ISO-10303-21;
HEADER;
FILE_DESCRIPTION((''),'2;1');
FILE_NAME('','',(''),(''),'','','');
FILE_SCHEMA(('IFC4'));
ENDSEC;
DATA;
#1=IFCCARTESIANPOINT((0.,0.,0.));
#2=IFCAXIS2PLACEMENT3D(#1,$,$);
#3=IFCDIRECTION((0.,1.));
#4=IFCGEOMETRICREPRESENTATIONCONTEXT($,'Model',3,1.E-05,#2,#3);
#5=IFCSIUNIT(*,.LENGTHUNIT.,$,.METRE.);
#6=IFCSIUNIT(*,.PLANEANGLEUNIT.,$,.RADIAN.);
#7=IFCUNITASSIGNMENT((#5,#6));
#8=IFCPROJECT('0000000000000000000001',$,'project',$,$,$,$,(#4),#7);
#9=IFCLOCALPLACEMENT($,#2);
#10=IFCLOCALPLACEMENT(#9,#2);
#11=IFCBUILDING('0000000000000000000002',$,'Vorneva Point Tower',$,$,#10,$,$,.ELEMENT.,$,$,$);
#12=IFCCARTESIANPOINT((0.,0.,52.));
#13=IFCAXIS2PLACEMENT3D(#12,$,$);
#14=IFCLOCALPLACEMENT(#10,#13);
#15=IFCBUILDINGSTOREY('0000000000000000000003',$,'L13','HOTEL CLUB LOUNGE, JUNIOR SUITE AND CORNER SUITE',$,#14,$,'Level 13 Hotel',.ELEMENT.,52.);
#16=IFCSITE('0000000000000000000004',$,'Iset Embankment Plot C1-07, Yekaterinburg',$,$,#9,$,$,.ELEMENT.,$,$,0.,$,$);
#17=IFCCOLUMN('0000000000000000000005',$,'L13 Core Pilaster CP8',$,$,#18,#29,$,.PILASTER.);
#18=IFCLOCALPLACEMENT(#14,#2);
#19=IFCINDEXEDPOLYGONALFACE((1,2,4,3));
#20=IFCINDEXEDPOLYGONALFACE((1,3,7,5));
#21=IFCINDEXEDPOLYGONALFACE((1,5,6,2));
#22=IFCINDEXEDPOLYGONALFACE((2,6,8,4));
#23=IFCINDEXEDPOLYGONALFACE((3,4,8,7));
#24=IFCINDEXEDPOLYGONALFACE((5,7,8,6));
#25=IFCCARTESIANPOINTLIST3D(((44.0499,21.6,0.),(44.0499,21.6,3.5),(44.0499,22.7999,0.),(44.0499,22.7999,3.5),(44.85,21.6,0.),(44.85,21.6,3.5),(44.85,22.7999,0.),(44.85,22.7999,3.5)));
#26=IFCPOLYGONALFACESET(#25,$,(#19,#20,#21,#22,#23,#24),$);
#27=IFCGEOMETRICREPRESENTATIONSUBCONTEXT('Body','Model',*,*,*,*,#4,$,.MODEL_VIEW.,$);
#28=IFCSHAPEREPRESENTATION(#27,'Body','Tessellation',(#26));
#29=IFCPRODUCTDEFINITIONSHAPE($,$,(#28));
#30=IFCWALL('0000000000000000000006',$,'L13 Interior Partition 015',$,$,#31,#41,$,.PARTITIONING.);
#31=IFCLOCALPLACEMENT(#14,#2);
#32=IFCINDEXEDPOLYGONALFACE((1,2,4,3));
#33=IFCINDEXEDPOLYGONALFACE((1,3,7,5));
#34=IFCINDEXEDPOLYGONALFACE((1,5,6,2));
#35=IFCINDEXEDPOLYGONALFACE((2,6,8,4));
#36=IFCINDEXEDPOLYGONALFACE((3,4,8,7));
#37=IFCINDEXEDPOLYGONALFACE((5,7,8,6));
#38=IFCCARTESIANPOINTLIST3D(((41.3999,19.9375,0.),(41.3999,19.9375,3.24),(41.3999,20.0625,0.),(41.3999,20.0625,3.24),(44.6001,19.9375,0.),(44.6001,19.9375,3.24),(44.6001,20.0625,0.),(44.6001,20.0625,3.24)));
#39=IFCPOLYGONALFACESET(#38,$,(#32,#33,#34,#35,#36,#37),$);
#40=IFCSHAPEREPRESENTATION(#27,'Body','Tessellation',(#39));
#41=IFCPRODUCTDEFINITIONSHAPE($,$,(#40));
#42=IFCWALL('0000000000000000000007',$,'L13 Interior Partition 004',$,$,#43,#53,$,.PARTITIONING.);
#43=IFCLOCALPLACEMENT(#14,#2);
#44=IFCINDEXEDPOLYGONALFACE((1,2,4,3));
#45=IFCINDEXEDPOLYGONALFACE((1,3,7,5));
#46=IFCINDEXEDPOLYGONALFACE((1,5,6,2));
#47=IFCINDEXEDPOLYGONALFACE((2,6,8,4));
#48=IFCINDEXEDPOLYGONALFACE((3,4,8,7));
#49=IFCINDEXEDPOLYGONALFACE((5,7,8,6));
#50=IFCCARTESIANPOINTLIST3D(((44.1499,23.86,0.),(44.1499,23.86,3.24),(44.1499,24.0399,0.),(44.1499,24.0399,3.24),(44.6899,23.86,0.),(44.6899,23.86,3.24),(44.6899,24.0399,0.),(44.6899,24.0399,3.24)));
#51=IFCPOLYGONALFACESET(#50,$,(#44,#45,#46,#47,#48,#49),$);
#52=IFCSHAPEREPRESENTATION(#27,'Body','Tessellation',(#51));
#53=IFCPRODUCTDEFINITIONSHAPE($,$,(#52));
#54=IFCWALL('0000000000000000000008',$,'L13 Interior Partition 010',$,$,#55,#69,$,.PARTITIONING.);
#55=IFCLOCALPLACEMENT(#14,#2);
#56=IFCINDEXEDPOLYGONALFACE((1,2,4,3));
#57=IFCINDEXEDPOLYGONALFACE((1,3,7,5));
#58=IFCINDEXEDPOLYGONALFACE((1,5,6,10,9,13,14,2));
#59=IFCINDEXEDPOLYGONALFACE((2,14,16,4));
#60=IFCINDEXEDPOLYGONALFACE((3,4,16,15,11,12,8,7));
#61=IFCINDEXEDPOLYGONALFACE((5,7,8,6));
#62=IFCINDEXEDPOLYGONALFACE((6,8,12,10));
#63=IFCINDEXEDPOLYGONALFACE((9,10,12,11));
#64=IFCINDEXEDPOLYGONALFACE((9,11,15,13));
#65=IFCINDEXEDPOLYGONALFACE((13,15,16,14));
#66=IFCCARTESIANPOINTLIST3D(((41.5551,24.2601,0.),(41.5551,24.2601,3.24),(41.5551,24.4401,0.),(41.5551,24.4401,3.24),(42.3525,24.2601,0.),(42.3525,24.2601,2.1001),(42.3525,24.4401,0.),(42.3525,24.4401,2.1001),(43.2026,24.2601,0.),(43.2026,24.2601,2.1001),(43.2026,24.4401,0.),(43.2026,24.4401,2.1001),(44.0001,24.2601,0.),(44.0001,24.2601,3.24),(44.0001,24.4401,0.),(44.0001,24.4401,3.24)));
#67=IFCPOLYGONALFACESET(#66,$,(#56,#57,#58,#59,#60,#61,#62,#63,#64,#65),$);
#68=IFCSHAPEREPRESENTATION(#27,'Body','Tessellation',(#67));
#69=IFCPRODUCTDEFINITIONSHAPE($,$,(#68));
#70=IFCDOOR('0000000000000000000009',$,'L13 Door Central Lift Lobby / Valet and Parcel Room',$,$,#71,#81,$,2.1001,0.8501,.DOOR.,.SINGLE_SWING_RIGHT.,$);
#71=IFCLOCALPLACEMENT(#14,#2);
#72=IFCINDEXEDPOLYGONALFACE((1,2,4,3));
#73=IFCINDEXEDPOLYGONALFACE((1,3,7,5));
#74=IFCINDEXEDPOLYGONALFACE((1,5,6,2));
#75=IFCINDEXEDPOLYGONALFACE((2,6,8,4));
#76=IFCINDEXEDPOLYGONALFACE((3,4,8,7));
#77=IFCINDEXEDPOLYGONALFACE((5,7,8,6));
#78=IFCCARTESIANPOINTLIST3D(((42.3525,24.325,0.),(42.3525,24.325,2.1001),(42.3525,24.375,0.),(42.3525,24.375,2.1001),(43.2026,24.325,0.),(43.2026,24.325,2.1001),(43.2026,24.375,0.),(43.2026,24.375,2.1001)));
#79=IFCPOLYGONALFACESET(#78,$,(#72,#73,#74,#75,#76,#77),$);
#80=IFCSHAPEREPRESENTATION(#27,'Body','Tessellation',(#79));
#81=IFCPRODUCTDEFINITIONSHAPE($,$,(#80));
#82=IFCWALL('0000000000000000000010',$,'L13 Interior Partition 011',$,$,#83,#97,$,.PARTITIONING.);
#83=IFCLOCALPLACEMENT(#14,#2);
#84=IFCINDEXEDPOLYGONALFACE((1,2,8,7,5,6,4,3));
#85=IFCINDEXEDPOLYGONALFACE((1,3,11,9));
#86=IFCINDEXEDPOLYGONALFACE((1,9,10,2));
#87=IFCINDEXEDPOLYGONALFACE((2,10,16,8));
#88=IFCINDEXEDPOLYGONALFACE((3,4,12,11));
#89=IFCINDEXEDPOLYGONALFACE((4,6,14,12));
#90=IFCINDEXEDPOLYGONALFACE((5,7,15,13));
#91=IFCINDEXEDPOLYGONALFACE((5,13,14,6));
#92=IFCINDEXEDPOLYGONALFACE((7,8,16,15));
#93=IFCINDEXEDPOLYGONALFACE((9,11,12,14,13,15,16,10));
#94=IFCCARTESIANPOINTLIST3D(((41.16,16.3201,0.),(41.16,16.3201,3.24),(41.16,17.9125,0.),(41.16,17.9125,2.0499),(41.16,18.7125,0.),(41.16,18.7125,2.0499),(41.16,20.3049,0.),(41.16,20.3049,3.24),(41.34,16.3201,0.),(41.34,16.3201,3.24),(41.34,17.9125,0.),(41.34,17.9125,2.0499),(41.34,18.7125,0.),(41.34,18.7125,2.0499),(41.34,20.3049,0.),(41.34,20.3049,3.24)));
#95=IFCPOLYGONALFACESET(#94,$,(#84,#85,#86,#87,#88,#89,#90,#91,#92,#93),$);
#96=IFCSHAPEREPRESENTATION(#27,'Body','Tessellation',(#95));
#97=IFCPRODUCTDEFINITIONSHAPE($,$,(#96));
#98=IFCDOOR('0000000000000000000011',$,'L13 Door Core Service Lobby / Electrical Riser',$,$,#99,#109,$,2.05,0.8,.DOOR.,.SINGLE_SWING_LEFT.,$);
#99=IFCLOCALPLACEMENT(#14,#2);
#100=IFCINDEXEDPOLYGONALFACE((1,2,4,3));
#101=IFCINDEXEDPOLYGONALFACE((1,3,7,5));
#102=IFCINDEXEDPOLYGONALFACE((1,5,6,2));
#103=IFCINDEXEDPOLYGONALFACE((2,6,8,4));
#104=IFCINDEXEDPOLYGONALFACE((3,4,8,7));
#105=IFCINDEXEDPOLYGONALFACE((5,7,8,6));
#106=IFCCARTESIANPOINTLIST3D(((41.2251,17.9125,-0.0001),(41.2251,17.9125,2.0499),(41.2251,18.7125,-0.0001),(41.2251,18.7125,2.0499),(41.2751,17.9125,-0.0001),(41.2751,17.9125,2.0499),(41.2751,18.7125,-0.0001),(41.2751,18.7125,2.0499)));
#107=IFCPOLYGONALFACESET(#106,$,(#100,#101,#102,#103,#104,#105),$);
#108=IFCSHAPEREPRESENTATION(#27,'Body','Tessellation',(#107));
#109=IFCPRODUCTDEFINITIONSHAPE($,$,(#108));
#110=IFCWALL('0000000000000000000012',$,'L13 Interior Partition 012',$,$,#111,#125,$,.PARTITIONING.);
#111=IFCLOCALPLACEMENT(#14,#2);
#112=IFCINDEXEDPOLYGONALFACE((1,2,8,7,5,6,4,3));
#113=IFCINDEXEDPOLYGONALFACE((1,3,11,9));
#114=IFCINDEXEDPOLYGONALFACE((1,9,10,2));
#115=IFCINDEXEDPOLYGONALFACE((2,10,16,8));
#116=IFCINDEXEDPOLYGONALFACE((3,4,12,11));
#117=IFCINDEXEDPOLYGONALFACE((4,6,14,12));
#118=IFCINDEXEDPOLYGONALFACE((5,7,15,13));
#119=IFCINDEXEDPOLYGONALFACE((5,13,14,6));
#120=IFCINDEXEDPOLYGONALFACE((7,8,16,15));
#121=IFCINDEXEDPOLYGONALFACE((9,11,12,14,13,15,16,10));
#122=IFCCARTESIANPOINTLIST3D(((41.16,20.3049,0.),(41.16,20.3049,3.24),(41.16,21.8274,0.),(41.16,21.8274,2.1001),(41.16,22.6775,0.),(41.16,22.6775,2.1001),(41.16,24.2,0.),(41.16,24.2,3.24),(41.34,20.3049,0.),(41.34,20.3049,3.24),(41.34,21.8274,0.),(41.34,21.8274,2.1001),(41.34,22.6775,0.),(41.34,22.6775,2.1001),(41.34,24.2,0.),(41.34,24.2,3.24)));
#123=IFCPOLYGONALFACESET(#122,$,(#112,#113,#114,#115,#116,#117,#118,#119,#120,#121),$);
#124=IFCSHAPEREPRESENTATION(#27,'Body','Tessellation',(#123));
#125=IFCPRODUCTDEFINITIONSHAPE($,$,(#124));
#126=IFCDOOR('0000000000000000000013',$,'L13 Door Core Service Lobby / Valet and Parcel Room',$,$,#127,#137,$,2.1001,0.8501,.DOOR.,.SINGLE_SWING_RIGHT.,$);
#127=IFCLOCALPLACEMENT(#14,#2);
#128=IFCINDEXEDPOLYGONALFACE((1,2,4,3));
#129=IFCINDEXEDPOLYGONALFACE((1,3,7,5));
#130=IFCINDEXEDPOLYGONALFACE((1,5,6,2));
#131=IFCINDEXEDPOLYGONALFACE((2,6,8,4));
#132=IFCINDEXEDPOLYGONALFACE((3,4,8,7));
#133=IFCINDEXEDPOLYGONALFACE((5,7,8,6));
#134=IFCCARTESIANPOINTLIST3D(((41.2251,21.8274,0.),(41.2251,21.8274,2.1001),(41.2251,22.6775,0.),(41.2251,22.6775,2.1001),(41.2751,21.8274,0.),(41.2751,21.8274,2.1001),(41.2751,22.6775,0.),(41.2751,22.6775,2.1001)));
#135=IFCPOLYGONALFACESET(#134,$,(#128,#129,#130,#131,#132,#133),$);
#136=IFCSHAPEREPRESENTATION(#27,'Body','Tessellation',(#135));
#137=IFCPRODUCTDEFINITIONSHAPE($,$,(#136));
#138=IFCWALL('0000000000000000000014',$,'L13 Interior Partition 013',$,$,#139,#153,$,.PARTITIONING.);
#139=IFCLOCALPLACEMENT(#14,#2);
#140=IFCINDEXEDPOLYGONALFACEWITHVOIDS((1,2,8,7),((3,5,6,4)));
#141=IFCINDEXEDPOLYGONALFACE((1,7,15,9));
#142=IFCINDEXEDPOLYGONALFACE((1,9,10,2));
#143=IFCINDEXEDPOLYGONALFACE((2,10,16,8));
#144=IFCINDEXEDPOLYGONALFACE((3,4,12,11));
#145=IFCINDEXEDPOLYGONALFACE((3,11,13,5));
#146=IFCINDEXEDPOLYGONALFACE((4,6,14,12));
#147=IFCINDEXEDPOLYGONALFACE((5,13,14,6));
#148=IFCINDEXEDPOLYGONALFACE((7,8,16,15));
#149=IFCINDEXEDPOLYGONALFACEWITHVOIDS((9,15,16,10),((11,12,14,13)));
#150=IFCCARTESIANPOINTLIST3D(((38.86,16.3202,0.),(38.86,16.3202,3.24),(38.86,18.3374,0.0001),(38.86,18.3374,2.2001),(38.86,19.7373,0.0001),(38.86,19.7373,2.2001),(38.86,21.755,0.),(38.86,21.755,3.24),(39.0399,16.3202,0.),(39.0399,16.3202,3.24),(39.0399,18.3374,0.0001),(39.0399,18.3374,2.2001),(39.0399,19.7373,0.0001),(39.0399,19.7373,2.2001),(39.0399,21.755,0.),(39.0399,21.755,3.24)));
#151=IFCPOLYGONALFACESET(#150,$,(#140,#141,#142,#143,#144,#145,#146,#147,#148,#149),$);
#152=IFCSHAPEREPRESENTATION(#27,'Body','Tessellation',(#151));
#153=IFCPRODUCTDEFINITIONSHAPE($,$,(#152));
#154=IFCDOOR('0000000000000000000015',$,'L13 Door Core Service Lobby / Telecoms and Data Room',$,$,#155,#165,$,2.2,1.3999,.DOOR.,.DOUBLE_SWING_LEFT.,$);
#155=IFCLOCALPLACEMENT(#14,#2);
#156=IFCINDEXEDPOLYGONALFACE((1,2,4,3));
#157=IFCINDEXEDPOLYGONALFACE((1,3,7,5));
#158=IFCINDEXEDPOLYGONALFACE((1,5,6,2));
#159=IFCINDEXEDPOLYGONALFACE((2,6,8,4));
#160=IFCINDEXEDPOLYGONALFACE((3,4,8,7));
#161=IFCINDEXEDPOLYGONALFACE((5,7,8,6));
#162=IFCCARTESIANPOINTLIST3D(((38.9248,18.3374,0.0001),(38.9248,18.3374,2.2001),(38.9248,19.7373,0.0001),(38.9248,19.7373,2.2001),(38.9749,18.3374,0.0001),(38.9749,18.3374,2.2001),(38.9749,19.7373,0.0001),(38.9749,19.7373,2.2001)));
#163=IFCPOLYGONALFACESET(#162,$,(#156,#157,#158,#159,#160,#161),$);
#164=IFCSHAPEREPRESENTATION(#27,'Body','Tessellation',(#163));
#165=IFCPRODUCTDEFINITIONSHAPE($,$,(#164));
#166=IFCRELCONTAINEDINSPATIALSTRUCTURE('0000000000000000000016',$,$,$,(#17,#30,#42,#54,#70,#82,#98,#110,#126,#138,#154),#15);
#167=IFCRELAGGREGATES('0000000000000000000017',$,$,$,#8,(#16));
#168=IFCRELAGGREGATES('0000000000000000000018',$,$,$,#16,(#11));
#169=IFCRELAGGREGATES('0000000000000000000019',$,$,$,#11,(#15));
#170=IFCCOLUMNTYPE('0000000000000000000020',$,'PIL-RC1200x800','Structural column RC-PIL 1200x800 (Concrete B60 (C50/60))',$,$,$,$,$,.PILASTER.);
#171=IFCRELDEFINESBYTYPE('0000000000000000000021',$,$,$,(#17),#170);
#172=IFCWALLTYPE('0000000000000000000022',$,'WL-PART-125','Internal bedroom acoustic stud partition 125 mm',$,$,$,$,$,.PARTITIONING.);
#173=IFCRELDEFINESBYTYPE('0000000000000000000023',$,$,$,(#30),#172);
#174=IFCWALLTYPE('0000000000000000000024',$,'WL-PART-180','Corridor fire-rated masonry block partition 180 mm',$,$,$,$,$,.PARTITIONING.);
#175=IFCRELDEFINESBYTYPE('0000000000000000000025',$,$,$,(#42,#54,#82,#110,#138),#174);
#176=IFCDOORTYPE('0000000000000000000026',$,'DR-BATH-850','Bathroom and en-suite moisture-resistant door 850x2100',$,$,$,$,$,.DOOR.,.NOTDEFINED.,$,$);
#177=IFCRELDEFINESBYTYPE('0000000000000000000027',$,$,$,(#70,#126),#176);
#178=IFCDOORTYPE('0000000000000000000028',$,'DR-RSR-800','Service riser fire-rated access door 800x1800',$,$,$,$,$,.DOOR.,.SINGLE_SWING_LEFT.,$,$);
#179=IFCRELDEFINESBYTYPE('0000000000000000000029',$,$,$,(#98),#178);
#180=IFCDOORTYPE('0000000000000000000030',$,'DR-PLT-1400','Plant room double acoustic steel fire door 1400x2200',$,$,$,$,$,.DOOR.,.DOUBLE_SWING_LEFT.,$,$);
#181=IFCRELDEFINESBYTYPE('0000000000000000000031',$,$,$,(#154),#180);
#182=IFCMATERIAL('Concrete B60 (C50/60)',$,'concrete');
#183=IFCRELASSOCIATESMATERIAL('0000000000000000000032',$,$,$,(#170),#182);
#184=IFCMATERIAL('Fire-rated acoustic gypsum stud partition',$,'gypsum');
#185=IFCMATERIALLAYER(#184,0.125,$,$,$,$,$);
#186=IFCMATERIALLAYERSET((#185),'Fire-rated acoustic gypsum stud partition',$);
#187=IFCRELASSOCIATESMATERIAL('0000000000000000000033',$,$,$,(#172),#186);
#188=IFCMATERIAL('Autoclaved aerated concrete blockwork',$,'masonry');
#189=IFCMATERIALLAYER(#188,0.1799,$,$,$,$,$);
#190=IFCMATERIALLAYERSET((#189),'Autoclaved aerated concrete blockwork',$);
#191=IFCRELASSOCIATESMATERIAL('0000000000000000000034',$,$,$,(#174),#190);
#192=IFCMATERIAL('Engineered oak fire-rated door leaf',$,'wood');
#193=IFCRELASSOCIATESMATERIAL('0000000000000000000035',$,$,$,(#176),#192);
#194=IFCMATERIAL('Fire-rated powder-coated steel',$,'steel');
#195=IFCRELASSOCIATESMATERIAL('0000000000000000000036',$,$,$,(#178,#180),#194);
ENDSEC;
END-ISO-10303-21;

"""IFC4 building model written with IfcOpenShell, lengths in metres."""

from ifc_helpers import new_model, si_unit, direction, frame, frame_2d, origin, origin_2d, place, context, subcontext, project, spatial, rectangle, extrude, material, layer, layer_set, material_profile, profile_set, type_object, element, fill, save


model = new_model("IFC4")

# Units and contexts
model_context = context("Model", 3, precision=1e-05, world=origin(), true_north=direction((0.0, 1.0)))
body_context = subcontext(model_context, "Body", "Model", "MODEL_VIEW")
ifc_project = project(units=[si_unit("LENGTHUNIT", "METRE"), si_unit("PLANEANGLEUNIT", "RADIAN")], contexts=[model_context])

# Site, building, storey
site_placement = place(None, origin())
site = spatial("IfcSite", under=ifc_project, at=site_placement, Name="Iset Embankment Plot C1-07, Yekaterinburg", CompositionType="ELEMENT", RefElevation=0.0)
building_placement = place(site_placement, origin())
building = spatial("IfcBuilding", under=site, at=building_placement, Name="Vorneva Point Tower", CompositionType="ELEMENT")
storey_placement = place(building_placement, frame((0.0, 0.0, 52.0)))
storey = spatial("IfcBuildingStorey", under=building, at=storey_placement, Name="L13", Description="HOTEL CLUB LOUNGE, JUNIOR SUITE AND CORNER SUITE", LongName="Level 13 Hotel", CompositionType="ELEMENT", Elevation=52.0)

# Column
ifc_material_1 = material(Name="Concrete B60 (C50/60)", Category="concrete")
ifc_material_profile = material_profile(ifc_material_1, rectangle(XDim=0.8, YDim=1.2, at=origin_2d()), Name="RC-PIL 1200x800")
ifc_profile_set = profile_set([ifc_material_profile], Name="Concrete B60 (C50/60)")
column_type = type_object("IfcColumnType", Name="PIL-RC1200x800", Description="Structural column RC-PIL 1200x800 (Concrete B60 (C50/60))", PredefinedType="PILASTER", material=ifc_profile_set)
column_placement = place(storey_placement, frame((44.45, 22.2, 0.0), z_axis=(0.0, 0.0, 1.0), x_axis=(1.0, 0.0, 0.0)))
element("IfcColumn", 1, at=column_placement, inside=storey, type_object=column_type, Name="L13 Core Pilaster CP8", PredefinedType="PILASTER", context=body_context, shape_type="SweptSolid", body=[
    extrude(rectangle(XDim=0.8, YDim=1.2, at=origin_2d()), origin(), (0.0, 0.0, 1.0), 3.5),
])

# Walls
ifc_material_2 = material(Name="Fire-rated acoustic gypsum stud partition", Category="gypsum")
ifc_layer_1 = layer(ifc_material_2, 0.125)
ifc_layer_set_1 = layer_set([ifc_layer_1], Name="Fire-rated acoustic gypsum stud partition")
wall_type_1 = type_object("IfcWallType", Name="WL-PART-125", Description="Internal bedroom acoustic stud partition 125 mm", PredefinedType="PARTITIONING", material=ifc_layer_set_1)
wall_1_placement = place(storey_placement, frame((44.6001, 20.0, 0.0), z_axis=(0.0, 0.0, 1.0), x_axis=(-1.0, 0.0, 0.0)))
element("IfcWall", 2, at=wall_1_placement, inside=storey, type_object=wall_type_1, Name="L13 Interior Partition 015", PredefinedType="PARTITIONING", context=body_context, shape_type="SweptSolid", body=[
    extrude(rectangle(XDim=3.2002, YDim=0.125, at=frame_2d((1.6001, 0.0))), origin(), (0.0, 0.0, 1.0), 3.24),
])
ifc_material_3 = material(Name="Autoclaved aerated concrete blockwork", Category="masonry")
ifc_layer_2 = layer(ifc_material_3, 0.1799)
ifc_layer_set_2 = layer_set([ifc_layer_2], Name="Autoclaved aerated concrete blockwork")
wall_type_2 = type_object("IfcWallType", Name="WL-PART-180", Description="Corridor fire-rated masonry block partition 180 mm", PredefinedType="PARTITIONING", material=ifc_layer_set_2)
wall_2_placement = place(storey_placement, frame((44.1499, 23.95, 0.0), z_axis=(0.0, 0.0, 1.0), x_axis=(1.0, 0.0, 0.0)))
element("IfcWall", 3, at=wall_2_placement, inside=storey, type_object=wall_type_2, Name="L13 Interior Partition 004", PredefinedType="PARTITIONING", context=body_context, shape_type="SweptSolid", body=[
    extrude(rectangle(XDim=0.54, YDim=0.1799, at=frame_2d((0.27, 0.0))), origin(), (0.0, 0.0, 1.0), 3.24),
])

# Walls, openings, doors
ifc_material_4 = material(Name="Fire-rated powder-coated steel", Category="steel")
wall_3_placement = place(storey_placement, frame((41.5549, 24.3501, 0.0), z_axis=(0.0, 0.0, 1.0), x_axis=(1.0, 0.0, 0.0)))
wall_3 = element("IfcWall", 4, at=wall_3_placement, inside=storey, type_object=wall_type_2, Name="L13 Interior Partition 010", PredefinedType="PARTITIONING", context=body_context, shape_type="SweptSolid", body=[
    extrude(rectangle(XDim=2.4451, YDim=0.1799, at=frame_2d((1.2227, 0.0))), origin(), (0.0, 0.0, 1.0), 3.24),
])
opening_1_placement = place(wall_3_placement, frame((0.7976, 0.0, 0.0)))
opening_1 = element("IfcOpeningElement", 5, at=opening_1_placement, cuts=wall_3, PredefinedType="OPENING", context=body_context, shape_type="SweptSolid", body=[
    extrude(rectangle(XDim=0.8501, YDim=2.1001, at=frame_2d((0.425, 1.05))), frame((0.0, 0.105, 0.0), z_axis=(0.0, -1.0, 0.0), x_axis=(1.0, 0.0, 0.0)), (0.0, 0.0, 1.0), 0.2097),
])
ifc_material_5 = material(Name="Engineered oak fire-rated door leaf", Category="wood")
door_type_1 = type_object("IfcDoorType", Name="DR-BATH-850", Description="Bathroom and en-suite moisture-resistant door 850x2100", OperationType="NOTDEFINED", PredefinedType="DOOR", material=ifc_material_5)
door_1_placement = place(opening_1_placement, origin())
door_1 = element("IfcDoor", 6, at=door_1_placement, inside=storey, type_object=door_type_1, Name="L13 Door Central Lift Lobby / Valet and Parcel Room", OperationType="SINGLE_SWING_RIGHT", OverallHeight=2.1001, OverallWidth=0.8501, PredefinedType="DOOR", context=body_context, shape_type="SweptSolid", body=[
    extrude(rectangle(XDim=0.8501, YDim=2.1001, at=frame_2d((0.425, 1.05))), frame((0.0, 0.0249, 0.0), z_axis=(0.0, -1.0, 0.0), x_axis=(1.0, 0.0, 0.0)), (0.0, 0.0, 1.0), 0.05),
])
fill(opening_1, door_1)
wall_4_placement = place(storey_placement, frame((41.25, 16.3201, 0.0), z_axis=(0.0, 0.0, 1.0), x_axis=(0.0, 1.0, 0.0)))
wall_4 = element("IfcWall", 7, at=wall_4_placement, inside=storey, type_object=wall_type_2, Name="L13 Interior Partition 011", PredefinedType="PARTITIONING", context=body_context, shape_type="SweptSolid", body=[
    extrude(rectangle(XDim=3.9849, YDim=0.1799, at=frame_2d((1.9924, 0.0))), origin(), (0.0, 0.0, 1.0), 3.24),
])
opening_2_placement = place(wall_4_placement, frame((1.5925, 0.0, 0.0)))
opening_2 = element("IfcOpeningElement", 8, at=opening_2_placement, cuts=wall_4, PredefinedType="OPENING", context=body_context, shape_type="SweptSolid", body=[
    extrude(rectangle(XDim=0.8, YDim=2.05, at=frame_2d((0.3999, 1.0249))), frame((0.0, 0.105, 0.0), z_axis=(0.0, -1.0, 0.0), x_axis=(1.0, 0.0, 0.0)), (0.0, 0.0, 1.0), 0.2097),
])
door_type_2 = type_object("IfcDoorType", Name="DR-RSR-800", Description="Service riser fire-rated access door 800x1800", OperationType="SINGLE_SWING_LEFT", PredefinedType="DOOR", material=ifc_material_4)
door_2_placement = place(opening_2_placement, origin())
door_2 = element("IfcDoor", 9, at=door_2_placement, inside=storey, type_object=door_type_2, Name="L13 Door Core Service Lobby / Electrical Riser", OperationType="SINGLE_SWING_LEFT", OverallHeight=2.05, OverallWidth=0.8, PredefinedType="DOOR", context=body_context, shape_type="SweptSolid", body=[
    extrude(rectangle(XDim=0.8, YDim=2.05, at=frame_2d((0.3999, 1.0249))), frame((0.0, 0.0249, 0.0), z_axis=(0.0, -1.0, 0.0), x_axis=(1.0, 0.0, 0.0)), (0.0, 0.0, 1.0), 0.05),
])
fill(opening_2, door_2)
wall_5_placement = place(storey_placement, frame((41.25, 20.3049, 0.0), z_axis=(0.0, 0.0, 1.0), x_axis=(0.0, 1.0, 0.0)))
wall_5 = element("IfcWall", 10, at=wall_5_placement, inside=storey, type_object=wall_type_2, Name="L13 Interior Partition 012", PredefinedType="PARTITIONING", context=body_context, shape_type="SweptSolid", body=[
    extrude(rectangle(XDim=3.895, YDim=0.1799, at=frame_2d((1.9475, 0.0))), origin(), (0.0, 0.0, 1.0), 3.24),
])
opening_3_placement = place(wall_5_placement, frame((1.5225, 0.0, 0.0)))
opening_3 = element("IfcOpeningElement", 11, at=opening_3_placement, cuts=wall_5, PredefinedType="OPENING", context=body_context, shape_type="SweptSolid", body=[
    extrude(rectangle(XDim=0.8501, YDim=2.1001, at=frame_2d((0.425, 1.05))), frame((0.0, 0.105, 0.0), z_axis=(0.0, -1.0, 0.0), x_axis=(1.0, 0.0, 0.0)), (0.0, 0.0, 1.0), 0.2097),
])
door_3_placement = place(opening_3_placement, origin())
door_3 = element("IfcDoor", 12, at=door_3_placement, inside=storey, type_object=door_type_1, Name="L13 Door Core Service Lobby / Valet and Parcel Room", OperationType="SINGLE_SWING_RIGHT", OverallHeight=2.1001, OverallWidth=0.8501, PredefinedType="DOOR", context=body_context, shape_type="SweptSolid", body=[
    extrude(rectangle(XDim=0.8501, YDim=2.1001, at=frame_2d((0.425, 1.05))), frame((0.0, 0.0249, 0.0), z_axis=(0.0, -1.0, 0.0), x_axis=(1.0, 0.0, 0.0)), (0.0, 0.0, 1.0), 0.05),
])
fill(opening_3, door_3)
wall_6_placement = place(storey_placement, frame((38.95, 21.7549, 0.0), z_axis=(0.0, 0.0, 1.0), x_axis=(0.0, -1.0, 0.0)))
wall_6 = element("IfcWall", 13, at=wall_6_placement, inside=storey, type_object=wall_type_2, Name="L13 Interior Partition 013", PredefinedType="PARTITIONING", context=body_context, shape_type="SweptSolid", body=[
    extrude(rectangle(XDim=5.4348, YDim=0.1799, at=frame_2d((2.7173, 0.0))), origin(), (0.0, 0.0, 1.0), 3.24),
])
opening_4_placement = place(wall_6_placement, frame((2.0176, 0.0, 0.0)))
opening_4 = element("IfcOpeningElement", 14, at=opening_4_placement, cuts=wall_6, PredefinedType="OPENING", context=body_context, shape_type="SweptSolid", body=[
    extrude(rectangle(XDim=1.3999, YDim=2.2, at=frame_2d((0.7, 1.1001))), frame((0.0, 0.105, 0.0), z_axis=(0.0, -1.0, 0.0), x_axis=(1.0, 0.0, 0.0)), (0.0, 0.0, 1.0), 0.2097),
])
door_type_3 = type_object("IfcDoorType", Name="DR-PLT-1400", Description="Plant room double acoustic steel fire door 1400x2200", OperationType="DOUBLE_SWING_LEFT", PredefinedType="DOOR", material=ifc_material_4)
door_4_placement = place(opening_4_placement, origin())
door_4 = element("IfcDoor", 15, at=door_4_placement, inside=storey, type_object=door_type_3, Name="L13 Door Core Service Lobby / Telecoms and Data Room", OperationType="DOUBLE_SWING_LEFT", OverallHeight=2.2, OverallWidth=1.3999, PredefinedType="DOOR", context=body_context, shape_type="SweptSolid", body=[
    extrude(rectangle(XDim=1.3999, YDim=2.2, at=frame_2d((0.7, 1.1001))), frame((0.0, 0.0249, 0.0), z_axis=(0.0, -1.0, 0.0), x_axis=(1.0, 0.0, 0.0)), (0.0, 0.0, 1.0), 0.05),
])
fill(opening_4, door_4)

save(model, "model.ifc")
